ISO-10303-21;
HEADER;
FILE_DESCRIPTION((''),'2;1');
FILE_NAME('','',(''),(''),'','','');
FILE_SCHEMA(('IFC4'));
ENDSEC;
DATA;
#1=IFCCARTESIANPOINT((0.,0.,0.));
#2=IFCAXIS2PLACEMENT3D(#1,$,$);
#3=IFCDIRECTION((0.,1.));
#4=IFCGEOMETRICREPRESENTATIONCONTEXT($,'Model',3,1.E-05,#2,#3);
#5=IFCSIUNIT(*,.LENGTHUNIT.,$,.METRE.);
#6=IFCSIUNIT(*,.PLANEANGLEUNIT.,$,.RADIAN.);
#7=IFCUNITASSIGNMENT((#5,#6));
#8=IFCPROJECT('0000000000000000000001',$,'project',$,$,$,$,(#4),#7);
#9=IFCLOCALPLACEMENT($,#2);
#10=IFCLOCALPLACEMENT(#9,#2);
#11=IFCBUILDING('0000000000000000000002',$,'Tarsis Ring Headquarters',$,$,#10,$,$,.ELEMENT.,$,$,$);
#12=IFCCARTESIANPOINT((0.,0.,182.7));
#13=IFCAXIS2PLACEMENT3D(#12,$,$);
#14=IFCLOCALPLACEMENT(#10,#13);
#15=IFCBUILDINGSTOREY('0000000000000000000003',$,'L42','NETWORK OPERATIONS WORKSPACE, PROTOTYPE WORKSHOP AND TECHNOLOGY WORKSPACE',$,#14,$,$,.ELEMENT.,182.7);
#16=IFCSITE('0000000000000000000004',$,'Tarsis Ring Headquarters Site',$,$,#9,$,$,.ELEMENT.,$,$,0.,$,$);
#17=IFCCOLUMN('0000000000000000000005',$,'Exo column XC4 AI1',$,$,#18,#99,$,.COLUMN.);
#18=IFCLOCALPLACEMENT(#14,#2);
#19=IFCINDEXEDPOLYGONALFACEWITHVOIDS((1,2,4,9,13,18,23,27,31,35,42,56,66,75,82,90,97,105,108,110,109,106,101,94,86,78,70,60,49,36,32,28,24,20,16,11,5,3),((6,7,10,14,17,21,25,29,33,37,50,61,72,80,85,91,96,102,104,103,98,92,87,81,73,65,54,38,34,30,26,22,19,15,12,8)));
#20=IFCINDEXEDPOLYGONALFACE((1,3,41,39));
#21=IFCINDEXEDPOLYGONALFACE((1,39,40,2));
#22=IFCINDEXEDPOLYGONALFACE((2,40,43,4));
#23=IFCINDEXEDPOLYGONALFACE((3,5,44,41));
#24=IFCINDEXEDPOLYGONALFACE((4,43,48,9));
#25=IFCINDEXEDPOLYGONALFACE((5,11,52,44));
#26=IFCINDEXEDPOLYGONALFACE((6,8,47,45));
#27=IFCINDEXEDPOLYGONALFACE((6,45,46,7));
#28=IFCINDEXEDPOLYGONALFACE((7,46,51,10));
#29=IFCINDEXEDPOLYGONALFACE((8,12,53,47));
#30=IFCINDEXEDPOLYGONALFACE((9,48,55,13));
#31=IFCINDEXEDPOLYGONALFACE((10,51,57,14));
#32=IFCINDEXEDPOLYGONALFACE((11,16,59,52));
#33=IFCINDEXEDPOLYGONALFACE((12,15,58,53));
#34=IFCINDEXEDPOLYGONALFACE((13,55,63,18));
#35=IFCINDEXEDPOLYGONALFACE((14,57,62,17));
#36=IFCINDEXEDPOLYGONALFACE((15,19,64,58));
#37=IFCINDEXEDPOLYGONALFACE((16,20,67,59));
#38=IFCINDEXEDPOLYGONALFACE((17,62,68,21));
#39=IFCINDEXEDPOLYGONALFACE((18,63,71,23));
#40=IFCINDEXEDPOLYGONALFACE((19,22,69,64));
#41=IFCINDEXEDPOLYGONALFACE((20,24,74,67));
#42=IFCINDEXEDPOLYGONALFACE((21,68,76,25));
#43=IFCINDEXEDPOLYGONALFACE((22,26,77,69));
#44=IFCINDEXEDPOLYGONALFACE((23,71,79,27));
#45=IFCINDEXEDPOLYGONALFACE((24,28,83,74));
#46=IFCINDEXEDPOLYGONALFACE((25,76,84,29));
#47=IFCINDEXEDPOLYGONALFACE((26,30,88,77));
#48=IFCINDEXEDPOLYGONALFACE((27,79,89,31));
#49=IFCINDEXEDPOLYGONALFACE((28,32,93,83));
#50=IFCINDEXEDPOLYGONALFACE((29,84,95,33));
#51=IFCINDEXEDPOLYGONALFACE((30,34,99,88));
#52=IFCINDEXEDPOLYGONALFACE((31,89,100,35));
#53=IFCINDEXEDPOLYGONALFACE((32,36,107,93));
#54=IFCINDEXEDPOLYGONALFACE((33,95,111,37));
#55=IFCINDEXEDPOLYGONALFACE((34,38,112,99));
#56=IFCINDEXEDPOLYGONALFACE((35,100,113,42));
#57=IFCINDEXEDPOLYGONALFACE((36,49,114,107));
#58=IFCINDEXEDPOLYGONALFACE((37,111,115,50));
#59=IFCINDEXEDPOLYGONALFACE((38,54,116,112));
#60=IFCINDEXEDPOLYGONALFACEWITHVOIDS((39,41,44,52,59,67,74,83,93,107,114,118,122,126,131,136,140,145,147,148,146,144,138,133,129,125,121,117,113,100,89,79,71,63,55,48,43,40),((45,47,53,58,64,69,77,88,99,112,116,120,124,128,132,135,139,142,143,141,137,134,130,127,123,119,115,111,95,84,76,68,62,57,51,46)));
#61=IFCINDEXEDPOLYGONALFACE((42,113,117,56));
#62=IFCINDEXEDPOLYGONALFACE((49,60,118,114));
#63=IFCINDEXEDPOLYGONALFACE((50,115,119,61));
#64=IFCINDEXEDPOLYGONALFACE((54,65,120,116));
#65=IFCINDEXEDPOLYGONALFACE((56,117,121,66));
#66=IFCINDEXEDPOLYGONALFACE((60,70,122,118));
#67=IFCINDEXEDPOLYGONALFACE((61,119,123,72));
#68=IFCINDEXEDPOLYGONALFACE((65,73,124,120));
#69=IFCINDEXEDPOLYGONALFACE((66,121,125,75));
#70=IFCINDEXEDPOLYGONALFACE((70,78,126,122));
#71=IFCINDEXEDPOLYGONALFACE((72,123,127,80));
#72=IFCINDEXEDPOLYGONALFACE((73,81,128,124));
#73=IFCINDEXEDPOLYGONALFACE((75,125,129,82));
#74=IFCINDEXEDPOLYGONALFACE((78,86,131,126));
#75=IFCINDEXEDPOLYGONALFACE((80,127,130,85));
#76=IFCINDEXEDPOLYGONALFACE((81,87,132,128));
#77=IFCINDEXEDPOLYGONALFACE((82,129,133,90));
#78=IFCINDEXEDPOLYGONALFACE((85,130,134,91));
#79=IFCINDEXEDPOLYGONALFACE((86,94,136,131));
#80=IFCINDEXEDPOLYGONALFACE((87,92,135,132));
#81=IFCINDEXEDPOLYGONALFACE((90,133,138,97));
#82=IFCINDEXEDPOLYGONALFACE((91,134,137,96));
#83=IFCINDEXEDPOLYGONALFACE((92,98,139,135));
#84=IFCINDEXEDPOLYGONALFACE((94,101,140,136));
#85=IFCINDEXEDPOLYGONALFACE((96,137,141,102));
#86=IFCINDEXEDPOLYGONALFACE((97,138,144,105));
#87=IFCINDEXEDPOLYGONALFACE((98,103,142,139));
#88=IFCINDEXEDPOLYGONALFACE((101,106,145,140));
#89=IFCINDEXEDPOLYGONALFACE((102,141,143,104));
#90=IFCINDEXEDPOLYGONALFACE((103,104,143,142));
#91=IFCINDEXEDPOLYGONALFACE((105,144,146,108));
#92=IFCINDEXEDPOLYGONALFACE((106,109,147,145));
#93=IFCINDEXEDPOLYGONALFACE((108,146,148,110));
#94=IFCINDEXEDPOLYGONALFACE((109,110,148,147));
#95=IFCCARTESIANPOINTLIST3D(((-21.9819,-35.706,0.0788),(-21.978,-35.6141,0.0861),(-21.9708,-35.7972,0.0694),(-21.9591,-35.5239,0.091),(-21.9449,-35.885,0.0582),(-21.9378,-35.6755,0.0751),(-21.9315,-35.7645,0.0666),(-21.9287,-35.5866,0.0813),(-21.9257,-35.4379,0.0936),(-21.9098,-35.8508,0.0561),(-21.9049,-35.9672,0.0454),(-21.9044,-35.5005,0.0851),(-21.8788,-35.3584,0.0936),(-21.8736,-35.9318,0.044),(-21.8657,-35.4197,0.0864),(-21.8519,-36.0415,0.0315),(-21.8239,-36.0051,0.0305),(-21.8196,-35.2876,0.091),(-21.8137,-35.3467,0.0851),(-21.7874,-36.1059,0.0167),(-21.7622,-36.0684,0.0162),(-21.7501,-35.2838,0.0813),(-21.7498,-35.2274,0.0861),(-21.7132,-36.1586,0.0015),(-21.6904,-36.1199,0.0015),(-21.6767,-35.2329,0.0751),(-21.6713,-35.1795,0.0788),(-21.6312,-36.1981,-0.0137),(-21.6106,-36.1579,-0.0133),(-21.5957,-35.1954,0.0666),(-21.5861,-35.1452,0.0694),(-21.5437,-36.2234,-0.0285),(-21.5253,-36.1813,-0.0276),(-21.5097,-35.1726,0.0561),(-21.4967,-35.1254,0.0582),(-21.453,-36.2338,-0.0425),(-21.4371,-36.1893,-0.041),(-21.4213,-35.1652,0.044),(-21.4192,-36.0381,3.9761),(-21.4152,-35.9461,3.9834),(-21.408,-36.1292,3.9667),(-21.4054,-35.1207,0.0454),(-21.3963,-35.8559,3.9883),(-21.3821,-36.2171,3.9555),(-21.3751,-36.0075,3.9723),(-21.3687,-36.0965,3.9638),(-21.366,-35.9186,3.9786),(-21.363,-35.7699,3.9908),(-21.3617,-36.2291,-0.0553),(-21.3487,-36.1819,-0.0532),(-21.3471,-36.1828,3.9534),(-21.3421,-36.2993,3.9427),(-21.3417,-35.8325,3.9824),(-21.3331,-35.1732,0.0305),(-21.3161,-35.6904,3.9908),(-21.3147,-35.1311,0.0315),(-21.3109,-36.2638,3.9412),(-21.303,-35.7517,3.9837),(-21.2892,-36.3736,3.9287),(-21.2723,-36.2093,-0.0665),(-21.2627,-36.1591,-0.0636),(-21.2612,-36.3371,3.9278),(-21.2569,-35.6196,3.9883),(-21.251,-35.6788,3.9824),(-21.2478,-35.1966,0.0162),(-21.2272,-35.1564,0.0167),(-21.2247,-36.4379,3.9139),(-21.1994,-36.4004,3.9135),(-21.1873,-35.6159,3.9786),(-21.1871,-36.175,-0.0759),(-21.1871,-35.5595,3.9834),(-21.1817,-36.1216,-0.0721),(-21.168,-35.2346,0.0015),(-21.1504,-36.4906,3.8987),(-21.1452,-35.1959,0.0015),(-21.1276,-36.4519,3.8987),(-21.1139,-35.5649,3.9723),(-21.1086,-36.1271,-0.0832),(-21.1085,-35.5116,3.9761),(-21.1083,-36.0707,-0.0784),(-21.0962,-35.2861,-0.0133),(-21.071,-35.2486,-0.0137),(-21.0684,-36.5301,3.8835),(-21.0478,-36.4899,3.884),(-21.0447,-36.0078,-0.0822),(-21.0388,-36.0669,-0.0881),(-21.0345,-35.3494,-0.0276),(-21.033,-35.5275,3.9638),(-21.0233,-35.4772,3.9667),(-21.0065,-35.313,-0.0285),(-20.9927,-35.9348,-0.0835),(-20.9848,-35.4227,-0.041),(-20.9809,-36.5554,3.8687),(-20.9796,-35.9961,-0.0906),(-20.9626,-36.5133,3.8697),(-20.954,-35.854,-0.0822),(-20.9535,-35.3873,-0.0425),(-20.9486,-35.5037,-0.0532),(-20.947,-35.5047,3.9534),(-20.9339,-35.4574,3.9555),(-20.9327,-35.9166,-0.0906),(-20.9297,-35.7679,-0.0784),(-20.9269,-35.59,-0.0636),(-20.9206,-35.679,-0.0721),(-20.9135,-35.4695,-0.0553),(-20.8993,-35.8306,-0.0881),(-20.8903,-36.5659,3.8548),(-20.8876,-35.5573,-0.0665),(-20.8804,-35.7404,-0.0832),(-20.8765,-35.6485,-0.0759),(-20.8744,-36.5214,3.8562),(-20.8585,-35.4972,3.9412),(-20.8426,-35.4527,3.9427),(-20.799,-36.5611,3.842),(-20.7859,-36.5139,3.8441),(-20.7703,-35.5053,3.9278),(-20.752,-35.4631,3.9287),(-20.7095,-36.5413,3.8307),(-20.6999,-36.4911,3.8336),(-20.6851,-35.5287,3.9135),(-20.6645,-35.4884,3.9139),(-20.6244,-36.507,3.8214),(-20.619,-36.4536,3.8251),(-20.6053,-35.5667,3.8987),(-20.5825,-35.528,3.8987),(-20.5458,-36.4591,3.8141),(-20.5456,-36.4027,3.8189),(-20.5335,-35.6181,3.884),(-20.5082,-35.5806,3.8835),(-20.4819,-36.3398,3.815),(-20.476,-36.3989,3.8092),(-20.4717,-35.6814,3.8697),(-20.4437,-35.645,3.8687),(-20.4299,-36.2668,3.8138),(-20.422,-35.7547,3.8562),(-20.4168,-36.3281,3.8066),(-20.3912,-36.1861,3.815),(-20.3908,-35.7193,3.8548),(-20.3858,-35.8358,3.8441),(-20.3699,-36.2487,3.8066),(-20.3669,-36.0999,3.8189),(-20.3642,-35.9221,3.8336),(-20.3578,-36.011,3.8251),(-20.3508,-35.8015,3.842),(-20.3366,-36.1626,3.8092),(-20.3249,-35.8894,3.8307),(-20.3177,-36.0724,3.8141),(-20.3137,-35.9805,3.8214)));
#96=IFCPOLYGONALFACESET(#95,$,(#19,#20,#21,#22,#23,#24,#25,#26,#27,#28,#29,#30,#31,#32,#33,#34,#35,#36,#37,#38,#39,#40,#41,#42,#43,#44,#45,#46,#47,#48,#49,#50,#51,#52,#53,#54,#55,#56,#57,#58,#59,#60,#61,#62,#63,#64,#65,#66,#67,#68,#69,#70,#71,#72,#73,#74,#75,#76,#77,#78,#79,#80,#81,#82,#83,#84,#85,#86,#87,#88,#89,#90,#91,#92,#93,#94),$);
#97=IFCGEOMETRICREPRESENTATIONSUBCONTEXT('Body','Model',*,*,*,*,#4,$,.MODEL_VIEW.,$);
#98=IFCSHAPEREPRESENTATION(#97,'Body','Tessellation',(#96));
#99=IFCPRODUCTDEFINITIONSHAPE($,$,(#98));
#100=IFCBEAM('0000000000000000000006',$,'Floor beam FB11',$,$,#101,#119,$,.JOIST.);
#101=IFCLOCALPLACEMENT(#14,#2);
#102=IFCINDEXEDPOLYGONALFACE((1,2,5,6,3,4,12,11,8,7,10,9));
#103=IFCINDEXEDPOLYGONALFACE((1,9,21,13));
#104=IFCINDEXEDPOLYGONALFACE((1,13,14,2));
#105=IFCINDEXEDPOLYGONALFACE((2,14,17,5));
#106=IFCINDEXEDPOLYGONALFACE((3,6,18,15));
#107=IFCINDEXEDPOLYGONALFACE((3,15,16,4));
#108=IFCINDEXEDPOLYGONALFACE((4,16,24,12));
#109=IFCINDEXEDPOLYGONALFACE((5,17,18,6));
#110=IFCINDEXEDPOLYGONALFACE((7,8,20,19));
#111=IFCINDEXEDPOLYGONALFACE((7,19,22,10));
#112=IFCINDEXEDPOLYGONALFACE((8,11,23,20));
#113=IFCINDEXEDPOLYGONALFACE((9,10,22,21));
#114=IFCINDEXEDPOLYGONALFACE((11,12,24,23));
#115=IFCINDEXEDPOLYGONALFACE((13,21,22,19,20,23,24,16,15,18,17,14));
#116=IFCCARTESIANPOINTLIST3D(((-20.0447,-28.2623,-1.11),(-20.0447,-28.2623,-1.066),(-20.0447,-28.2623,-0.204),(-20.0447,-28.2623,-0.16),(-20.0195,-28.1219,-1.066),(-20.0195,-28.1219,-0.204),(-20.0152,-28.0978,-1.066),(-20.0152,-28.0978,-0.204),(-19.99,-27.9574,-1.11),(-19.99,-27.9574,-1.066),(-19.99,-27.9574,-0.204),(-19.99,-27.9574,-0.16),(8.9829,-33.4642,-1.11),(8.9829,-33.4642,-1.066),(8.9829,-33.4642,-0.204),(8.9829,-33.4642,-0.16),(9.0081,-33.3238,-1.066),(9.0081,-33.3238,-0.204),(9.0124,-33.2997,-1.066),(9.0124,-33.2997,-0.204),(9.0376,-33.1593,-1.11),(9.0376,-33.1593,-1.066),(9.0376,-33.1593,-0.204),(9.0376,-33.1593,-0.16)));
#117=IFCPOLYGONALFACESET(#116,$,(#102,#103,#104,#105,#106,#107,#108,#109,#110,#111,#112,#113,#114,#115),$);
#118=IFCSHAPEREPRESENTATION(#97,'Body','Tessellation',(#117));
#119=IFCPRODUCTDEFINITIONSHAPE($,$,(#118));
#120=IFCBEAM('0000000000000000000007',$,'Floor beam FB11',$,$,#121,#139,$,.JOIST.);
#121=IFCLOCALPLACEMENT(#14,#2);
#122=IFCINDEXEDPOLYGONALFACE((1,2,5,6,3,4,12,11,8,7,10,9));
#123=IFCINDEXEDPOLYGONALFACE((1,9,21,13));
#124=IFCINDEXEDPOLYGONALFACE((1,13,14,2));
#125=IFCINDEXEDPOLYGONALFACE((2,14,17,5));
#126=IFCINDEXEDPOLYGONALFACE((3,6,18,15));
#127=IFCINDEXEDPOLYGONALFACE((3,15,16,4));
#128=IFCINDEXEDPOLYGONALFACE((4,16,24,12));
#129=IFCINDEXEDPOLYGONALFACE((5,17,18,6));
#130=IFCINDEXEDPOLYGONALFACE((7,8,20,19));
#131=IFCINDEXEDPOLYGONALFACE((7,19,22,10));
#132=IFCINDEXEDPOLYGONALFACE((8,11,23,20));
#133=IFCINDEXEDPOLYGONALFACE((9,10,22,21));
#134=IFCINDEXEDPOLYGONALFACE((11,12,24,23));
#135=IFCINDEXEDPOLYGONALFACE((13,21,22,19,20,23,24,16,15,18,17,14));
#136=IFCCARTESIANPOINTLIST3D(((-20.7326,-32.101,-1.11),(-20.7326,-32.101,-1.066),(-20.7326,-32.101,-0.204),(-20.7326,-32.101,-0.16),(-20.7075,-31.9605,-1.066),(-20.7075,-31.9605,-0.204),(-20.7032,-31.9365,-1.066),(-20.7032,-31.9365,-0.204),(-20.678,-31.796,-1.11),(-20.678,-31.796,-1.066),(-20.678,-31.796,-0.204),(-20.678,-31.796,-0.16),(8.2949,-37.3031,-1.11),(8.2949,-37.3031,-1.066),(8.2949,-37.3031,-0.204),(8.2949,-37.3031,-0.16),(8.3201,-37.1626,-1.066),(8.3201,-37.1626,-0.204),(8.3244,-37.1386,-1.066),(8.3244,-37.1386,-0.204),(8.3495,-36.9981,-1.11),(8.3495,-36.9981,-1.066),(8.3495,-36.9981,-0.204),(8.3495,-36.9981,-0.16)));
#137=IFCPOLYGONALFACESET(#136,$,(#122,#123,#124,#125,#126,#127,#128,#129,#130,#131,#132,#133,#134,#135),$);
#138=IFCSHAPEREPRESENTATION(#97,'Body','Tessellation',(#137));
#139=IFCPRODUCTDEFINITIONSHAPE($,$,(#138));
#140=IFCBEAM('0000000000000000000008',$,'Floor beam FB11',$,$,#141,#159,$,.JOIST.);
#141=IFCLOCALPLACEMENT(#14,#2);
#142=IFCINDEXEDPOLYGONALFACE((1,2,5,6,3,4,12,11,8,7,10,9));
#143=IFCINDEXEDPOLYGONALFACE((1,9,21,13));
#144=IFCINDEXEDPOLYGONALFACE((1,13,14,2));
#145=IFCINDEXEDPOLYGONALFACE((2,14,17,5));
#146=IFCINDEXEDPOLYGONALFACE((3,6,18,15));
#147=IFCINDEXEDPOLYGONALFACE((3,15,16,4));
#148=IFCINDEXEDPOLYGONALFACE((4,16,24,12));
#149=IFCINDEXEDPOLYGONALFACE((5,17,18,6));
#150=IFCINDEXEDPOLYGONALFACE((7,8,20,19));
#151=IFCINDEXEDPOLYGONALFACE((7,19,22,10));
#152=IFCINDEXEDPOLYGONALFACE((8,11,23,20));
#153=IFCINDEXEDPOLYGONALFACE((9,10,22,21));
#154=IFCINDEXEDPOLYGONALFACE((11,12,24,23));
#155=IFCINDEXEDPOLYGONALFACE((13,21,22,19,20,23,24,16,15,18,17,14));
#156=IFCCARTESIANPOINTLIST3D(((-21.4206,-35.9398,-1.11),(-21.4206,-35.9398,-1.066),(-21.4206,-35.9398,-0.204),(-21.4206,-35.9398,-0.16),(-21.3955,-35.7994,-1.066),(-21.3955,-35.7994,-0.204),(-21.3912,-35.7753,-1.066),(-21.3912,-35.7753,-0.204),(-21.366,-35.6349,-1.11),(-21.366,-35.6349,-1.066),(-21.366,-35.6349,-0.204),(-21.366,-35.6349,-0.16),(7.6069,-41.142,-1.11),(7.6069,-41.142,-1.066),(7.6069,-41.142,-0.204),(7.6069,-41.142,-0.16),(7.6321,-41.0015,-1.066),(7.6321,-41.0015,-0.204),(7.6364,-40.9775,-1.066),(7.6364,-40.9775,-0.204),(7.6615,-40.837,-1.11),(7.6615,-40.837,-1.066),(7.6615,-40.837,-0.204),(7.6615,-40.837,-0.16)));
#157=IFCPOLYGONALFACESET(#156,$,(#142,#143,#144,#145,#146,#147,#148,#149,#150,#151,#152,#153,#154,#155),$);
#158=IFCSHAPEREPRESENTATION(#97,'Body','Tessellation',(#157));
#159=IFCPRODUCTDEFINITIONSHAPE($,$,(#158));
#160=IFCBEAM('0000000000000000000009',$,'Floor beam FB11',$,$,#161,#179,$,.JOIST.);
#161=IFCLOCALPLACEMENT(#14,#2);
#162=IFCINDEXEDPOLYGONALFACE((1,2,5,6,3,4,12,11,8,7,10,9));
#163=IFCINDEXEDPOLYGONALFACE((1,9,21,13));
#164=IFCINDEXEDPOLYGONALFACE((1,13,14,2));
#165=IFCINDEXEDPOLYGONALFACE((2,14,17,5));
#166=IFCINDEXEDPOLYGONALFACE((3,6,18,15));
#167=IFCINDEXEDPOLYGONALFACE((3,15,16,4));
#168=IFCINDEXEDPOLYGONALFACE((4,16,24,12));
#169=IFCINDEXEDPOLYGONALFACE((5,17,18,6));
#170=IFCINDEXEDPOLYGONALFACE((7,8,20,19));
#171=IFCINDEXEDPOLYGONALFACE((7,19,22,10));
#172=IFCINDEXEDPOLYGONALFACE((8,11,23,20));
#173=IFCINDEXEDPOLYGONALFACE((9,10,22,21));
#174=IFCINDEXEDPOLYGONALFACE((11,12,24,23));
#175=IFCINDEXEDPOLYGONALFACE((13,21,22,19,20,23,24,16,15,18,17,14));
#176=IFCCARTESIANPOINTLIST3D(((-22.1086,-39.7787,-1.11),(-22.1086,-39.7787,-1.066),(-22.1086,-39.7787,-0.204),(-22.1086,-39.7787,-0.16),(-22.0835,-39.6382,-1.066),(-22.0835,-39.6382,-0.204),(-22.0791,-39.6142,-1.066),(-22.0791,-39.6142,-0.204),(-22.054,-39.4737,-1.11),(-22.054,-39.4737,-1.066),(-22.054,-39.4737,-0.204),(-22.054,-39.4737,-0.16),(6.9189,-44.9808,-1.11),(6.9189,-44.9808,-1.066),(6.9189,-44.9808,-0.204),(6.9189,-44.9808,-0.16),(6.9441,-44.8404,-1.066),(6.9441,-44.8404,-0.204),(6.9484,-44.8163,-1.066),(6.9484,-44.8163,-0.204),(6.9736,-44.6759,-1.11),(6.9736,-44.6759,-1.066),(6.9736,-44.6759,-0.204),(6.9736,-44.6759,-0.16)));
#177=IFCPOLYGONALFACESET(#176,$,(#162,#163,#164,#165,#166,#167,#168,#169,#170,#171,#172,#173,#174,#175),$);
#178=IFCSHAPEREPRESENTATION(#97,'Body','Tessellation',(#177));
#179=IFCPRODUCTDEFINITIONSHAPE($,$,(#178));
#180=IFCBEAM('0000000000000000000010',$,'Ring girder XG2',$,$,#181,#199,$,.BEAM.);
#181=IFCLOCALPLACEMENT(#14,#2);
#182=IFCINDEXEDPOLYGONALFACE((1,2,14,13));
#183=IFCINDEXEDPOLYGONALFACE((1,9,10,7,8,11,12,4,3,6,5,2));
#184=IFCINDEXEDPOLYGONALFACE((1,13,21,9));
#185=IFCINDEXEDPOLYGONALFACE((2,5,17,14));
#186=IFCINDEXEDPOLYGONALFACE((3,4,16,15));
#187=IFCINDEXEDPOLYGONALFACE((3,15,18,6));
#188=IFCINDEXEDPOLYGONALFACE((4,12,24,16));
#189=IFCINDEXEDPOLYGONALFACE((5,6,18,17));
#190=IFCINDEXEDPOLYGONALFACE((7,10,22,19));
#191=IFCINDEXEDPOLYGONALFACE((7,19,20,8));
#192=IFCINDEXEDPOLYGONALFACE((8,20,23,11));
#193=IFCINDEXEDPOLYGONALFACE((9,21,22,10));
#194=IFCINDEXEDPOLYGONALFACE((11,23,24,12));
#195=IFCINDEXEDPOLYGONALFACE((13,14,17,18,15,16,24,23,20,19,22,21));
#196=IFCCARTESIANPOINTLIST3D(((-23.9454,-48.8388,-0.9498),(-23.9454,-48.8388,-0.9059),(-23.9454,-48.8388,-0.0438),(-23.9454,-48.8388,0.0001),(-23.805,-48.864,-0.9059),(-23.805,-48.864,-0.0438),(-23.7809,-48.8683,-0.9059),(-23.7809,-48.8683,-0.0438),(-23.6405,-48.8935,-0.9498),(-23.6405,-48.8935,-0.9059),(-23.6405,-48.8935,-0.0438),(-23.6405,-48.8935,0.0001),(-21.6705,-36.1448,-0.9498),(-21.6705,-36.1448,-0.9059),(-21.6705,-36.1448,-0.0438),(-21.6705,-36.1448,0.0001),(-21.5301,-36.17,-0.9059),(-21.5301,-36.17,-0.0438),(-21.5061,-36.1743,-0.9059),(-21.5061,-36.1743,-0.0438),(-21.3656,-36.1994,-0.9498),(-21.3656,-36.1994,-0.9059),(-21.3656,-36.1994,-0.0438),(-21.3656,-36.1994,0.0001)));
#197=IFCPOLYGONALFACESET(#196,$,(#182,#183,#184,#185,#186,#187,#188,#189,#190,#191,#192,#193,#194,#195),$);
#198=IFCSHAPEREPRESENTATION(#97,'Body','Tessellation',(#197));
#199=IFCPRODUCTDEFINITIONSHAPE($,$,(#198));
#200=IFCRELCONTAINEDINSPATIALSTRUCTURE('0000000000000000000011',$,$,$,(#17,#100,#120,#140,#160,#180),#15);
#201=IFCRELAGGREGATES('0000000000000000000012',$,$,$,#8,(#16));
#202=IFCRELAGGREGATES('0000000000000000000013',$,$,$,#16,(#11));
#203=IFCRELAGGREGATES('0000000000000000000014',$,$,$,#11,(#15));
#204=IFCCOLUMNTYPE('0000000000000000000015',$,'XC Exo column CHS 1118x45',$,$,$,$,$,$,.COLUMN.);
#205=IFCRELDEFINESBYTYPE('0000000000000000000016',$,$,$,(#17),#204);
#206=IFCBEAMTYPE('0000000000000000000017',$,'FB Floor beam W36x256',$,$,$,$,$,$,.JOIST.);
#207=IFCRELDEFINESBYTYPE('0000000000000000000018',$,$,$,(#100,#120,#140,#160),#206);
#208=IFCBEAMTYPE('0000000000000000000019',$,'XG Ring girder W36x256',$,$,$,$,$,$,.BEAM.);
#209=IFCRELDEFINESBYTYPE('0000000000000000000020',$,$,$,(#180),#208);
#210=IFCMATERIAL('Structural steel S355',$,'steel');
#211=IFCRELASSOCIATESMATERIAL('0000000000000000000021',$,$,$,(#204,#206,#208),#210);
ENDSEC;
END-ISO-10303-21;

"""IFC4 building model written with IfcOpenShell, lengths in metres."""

from ifc_helpers import new_model, si_unit, direction, frame, origin, origin_2d, place, context, subcontext, project, spatial, hollow_circle, i_section, extrude, material, material_profile, profile_set, type_object, element, save


model = new_model("IFC4")

# Units and contexts
model_context = context("Model", 3, precision=1e-05, world=origin(), true_north=direction((0.0, 1.0)))
body_context = subcontext(model_context, "Body", "Model", "MODEL_VIEW")
ifc_project = project(units=[si_unit("LENGTHUNIT", "METRE"), si_unit("PLANEANGLEUNIT", "RADIAN")], contexts=[model_context])

# Site, building, storey
site_placement = place(None, origin())
site = spatial("IfcSite", under=ifc_project, at=site_placement, Name="Tarsis Ring Headquarters Site", CompositionType="ELEMENT", RefElevation=0.0)
building_placement = place(site_placement, origin())
building = spatial("IfcBuilding", under=site, at=building_placement, Name="Tarsis Ring Headquarters", CompositionType="ELEMENT")
storey_placement = place(building_placement, frame((0.0, 0.0, 182.7)))
storey = spatial("IfcBuildingStorey", under=building, at=storey_placement, Name="L42", Description="NETWORK OPERATIONS WORKSPACE, PROTOTYPE WORKSHOP AND TECHNOLOGY WORKSPACE", CompositionType="ELEMENT", Elevation=182.7)

# Column
ifc_material_1 = material(Name="Structural steel S355", Category="steel")
ifc_material_profile_1 = material_profile(ifc_material_1, hollow_circle(Radius=0.5588, WallThickness=0.0449, at=origin_2d()), Name="CHS 1118x45")
ifc_profile_set_1 = profile_set([ifc_material_profile_1], Name="Structural steel S355")
column_type = type_object("IfcColumnType", Name="XC Exo column CHS 1118x45", PredefinedType="COLUMN", material=ifc_profile_set_1)
column_placement = place(storey_placement, frame((-21.4292, -35.6772, 0.0015), z_axis=(0.142409, -0.084024, 0.986235), x_axis=(0.508163, 0.861261, 0.0)))
element("IfcColumn", 1, at=column_placement, inside=storey, type_object=column_type, Name="Exo column XC4 AI1", PredefinedType="COLUMN", context=body_context, shape_type="SweptSolid", body=[
    extrude(hollow_circle(Radius=0.5588, WallThickness=0.0449, at=origin_2d()), origin(), (0.0, 0.0, 1.0), 3.9517),
])

# Beams
ifc_material_profile_2 = material_profile(ifc_material_1, i_section(OverallWidth=0.3098, OverallDepth=0.95, WebThickness=0.0244, FlangeThickness=0.0439, at=origin_2d()), Name="W36x256")
ifc_profile_set_2 = profile_set([ifc_material_profile_2], Name="Structural steel S355")
beam_type_1 = type_object("IfcBeamType", Name="FB Floor beam W36x256", PredefinedType="JOIST", material=ifc_profile_set_2)
for number, where, z_axis, x_axis, name in (
    (2, (-20.0173, -28.1099, -0.635), (0.984319, -0.176395, 0.0), (0.176395, 0.984319, 0.0), "Floor beam FB11"),
    (3, (-20.7053, -31.9485, -0.635), (0.984318, -0.176403, 0.0), (0.176403, 0.984318, 0.0), "Floor beam FB11"),
    (4, (-21.3933, -35.7874, -0.635), (0.984318, -0.176403, 0.0), (0.176403, 0.984318, 0.0), "Floor beam FB11"),
    (5, (-22.0813, -39.6262, -0.635), (0.984318, -0.176403, 0.0), (0.176403, 0.984318, 0.0), "Floor beam FB11"),
):
    element("IfcBeam", number, at=place(storey_placement, frame(where, z_axis=z_axis, x_axis=x_axis)), inside=storey, type_object=beam_type_1, Name=name, PredefinedType="JOIST", context=body_context, shape_type="SweptSolid", body=[
        extrude(i_section(OverallWidth=0.3098, OverallDepth=0.95, WebThickness=0.0244, FlangeThickness=0.0439, at=origin_2d()), origin(), (0.0, 0.0, 1.0), 29.49),
    ])
beam_type_2 = type_object("IfcBeamType", Name="XG Ring girder W36x256", PredefinedType="BEAM", material=ifc_profile_set_2)
beam_placement = place(storey_placement, frame((-21.5181, -36.1721, -0.4749), z_axis=(-0.176399, -0.984319, 0.0), x_axis=(0.984319, -0.176399, 0.0)))
element("IfcBeam", 6, at=beam_placement, inside=storey, type_object=beam_type_2, Name="Ring girder XG2", PredefinedType="BEAM", context=body_context, shape_type="SweptSolid", body=[
    extrude(i_section(OverallWidth=0.3098, OverallDepth=0.95, WebThickness=0.0244, FlangeThickness=0.0439, at=origin_2d()), origin(), (0.0, 0.0, 1.0), 12.8962),
])

save(model, "model.ifc")
